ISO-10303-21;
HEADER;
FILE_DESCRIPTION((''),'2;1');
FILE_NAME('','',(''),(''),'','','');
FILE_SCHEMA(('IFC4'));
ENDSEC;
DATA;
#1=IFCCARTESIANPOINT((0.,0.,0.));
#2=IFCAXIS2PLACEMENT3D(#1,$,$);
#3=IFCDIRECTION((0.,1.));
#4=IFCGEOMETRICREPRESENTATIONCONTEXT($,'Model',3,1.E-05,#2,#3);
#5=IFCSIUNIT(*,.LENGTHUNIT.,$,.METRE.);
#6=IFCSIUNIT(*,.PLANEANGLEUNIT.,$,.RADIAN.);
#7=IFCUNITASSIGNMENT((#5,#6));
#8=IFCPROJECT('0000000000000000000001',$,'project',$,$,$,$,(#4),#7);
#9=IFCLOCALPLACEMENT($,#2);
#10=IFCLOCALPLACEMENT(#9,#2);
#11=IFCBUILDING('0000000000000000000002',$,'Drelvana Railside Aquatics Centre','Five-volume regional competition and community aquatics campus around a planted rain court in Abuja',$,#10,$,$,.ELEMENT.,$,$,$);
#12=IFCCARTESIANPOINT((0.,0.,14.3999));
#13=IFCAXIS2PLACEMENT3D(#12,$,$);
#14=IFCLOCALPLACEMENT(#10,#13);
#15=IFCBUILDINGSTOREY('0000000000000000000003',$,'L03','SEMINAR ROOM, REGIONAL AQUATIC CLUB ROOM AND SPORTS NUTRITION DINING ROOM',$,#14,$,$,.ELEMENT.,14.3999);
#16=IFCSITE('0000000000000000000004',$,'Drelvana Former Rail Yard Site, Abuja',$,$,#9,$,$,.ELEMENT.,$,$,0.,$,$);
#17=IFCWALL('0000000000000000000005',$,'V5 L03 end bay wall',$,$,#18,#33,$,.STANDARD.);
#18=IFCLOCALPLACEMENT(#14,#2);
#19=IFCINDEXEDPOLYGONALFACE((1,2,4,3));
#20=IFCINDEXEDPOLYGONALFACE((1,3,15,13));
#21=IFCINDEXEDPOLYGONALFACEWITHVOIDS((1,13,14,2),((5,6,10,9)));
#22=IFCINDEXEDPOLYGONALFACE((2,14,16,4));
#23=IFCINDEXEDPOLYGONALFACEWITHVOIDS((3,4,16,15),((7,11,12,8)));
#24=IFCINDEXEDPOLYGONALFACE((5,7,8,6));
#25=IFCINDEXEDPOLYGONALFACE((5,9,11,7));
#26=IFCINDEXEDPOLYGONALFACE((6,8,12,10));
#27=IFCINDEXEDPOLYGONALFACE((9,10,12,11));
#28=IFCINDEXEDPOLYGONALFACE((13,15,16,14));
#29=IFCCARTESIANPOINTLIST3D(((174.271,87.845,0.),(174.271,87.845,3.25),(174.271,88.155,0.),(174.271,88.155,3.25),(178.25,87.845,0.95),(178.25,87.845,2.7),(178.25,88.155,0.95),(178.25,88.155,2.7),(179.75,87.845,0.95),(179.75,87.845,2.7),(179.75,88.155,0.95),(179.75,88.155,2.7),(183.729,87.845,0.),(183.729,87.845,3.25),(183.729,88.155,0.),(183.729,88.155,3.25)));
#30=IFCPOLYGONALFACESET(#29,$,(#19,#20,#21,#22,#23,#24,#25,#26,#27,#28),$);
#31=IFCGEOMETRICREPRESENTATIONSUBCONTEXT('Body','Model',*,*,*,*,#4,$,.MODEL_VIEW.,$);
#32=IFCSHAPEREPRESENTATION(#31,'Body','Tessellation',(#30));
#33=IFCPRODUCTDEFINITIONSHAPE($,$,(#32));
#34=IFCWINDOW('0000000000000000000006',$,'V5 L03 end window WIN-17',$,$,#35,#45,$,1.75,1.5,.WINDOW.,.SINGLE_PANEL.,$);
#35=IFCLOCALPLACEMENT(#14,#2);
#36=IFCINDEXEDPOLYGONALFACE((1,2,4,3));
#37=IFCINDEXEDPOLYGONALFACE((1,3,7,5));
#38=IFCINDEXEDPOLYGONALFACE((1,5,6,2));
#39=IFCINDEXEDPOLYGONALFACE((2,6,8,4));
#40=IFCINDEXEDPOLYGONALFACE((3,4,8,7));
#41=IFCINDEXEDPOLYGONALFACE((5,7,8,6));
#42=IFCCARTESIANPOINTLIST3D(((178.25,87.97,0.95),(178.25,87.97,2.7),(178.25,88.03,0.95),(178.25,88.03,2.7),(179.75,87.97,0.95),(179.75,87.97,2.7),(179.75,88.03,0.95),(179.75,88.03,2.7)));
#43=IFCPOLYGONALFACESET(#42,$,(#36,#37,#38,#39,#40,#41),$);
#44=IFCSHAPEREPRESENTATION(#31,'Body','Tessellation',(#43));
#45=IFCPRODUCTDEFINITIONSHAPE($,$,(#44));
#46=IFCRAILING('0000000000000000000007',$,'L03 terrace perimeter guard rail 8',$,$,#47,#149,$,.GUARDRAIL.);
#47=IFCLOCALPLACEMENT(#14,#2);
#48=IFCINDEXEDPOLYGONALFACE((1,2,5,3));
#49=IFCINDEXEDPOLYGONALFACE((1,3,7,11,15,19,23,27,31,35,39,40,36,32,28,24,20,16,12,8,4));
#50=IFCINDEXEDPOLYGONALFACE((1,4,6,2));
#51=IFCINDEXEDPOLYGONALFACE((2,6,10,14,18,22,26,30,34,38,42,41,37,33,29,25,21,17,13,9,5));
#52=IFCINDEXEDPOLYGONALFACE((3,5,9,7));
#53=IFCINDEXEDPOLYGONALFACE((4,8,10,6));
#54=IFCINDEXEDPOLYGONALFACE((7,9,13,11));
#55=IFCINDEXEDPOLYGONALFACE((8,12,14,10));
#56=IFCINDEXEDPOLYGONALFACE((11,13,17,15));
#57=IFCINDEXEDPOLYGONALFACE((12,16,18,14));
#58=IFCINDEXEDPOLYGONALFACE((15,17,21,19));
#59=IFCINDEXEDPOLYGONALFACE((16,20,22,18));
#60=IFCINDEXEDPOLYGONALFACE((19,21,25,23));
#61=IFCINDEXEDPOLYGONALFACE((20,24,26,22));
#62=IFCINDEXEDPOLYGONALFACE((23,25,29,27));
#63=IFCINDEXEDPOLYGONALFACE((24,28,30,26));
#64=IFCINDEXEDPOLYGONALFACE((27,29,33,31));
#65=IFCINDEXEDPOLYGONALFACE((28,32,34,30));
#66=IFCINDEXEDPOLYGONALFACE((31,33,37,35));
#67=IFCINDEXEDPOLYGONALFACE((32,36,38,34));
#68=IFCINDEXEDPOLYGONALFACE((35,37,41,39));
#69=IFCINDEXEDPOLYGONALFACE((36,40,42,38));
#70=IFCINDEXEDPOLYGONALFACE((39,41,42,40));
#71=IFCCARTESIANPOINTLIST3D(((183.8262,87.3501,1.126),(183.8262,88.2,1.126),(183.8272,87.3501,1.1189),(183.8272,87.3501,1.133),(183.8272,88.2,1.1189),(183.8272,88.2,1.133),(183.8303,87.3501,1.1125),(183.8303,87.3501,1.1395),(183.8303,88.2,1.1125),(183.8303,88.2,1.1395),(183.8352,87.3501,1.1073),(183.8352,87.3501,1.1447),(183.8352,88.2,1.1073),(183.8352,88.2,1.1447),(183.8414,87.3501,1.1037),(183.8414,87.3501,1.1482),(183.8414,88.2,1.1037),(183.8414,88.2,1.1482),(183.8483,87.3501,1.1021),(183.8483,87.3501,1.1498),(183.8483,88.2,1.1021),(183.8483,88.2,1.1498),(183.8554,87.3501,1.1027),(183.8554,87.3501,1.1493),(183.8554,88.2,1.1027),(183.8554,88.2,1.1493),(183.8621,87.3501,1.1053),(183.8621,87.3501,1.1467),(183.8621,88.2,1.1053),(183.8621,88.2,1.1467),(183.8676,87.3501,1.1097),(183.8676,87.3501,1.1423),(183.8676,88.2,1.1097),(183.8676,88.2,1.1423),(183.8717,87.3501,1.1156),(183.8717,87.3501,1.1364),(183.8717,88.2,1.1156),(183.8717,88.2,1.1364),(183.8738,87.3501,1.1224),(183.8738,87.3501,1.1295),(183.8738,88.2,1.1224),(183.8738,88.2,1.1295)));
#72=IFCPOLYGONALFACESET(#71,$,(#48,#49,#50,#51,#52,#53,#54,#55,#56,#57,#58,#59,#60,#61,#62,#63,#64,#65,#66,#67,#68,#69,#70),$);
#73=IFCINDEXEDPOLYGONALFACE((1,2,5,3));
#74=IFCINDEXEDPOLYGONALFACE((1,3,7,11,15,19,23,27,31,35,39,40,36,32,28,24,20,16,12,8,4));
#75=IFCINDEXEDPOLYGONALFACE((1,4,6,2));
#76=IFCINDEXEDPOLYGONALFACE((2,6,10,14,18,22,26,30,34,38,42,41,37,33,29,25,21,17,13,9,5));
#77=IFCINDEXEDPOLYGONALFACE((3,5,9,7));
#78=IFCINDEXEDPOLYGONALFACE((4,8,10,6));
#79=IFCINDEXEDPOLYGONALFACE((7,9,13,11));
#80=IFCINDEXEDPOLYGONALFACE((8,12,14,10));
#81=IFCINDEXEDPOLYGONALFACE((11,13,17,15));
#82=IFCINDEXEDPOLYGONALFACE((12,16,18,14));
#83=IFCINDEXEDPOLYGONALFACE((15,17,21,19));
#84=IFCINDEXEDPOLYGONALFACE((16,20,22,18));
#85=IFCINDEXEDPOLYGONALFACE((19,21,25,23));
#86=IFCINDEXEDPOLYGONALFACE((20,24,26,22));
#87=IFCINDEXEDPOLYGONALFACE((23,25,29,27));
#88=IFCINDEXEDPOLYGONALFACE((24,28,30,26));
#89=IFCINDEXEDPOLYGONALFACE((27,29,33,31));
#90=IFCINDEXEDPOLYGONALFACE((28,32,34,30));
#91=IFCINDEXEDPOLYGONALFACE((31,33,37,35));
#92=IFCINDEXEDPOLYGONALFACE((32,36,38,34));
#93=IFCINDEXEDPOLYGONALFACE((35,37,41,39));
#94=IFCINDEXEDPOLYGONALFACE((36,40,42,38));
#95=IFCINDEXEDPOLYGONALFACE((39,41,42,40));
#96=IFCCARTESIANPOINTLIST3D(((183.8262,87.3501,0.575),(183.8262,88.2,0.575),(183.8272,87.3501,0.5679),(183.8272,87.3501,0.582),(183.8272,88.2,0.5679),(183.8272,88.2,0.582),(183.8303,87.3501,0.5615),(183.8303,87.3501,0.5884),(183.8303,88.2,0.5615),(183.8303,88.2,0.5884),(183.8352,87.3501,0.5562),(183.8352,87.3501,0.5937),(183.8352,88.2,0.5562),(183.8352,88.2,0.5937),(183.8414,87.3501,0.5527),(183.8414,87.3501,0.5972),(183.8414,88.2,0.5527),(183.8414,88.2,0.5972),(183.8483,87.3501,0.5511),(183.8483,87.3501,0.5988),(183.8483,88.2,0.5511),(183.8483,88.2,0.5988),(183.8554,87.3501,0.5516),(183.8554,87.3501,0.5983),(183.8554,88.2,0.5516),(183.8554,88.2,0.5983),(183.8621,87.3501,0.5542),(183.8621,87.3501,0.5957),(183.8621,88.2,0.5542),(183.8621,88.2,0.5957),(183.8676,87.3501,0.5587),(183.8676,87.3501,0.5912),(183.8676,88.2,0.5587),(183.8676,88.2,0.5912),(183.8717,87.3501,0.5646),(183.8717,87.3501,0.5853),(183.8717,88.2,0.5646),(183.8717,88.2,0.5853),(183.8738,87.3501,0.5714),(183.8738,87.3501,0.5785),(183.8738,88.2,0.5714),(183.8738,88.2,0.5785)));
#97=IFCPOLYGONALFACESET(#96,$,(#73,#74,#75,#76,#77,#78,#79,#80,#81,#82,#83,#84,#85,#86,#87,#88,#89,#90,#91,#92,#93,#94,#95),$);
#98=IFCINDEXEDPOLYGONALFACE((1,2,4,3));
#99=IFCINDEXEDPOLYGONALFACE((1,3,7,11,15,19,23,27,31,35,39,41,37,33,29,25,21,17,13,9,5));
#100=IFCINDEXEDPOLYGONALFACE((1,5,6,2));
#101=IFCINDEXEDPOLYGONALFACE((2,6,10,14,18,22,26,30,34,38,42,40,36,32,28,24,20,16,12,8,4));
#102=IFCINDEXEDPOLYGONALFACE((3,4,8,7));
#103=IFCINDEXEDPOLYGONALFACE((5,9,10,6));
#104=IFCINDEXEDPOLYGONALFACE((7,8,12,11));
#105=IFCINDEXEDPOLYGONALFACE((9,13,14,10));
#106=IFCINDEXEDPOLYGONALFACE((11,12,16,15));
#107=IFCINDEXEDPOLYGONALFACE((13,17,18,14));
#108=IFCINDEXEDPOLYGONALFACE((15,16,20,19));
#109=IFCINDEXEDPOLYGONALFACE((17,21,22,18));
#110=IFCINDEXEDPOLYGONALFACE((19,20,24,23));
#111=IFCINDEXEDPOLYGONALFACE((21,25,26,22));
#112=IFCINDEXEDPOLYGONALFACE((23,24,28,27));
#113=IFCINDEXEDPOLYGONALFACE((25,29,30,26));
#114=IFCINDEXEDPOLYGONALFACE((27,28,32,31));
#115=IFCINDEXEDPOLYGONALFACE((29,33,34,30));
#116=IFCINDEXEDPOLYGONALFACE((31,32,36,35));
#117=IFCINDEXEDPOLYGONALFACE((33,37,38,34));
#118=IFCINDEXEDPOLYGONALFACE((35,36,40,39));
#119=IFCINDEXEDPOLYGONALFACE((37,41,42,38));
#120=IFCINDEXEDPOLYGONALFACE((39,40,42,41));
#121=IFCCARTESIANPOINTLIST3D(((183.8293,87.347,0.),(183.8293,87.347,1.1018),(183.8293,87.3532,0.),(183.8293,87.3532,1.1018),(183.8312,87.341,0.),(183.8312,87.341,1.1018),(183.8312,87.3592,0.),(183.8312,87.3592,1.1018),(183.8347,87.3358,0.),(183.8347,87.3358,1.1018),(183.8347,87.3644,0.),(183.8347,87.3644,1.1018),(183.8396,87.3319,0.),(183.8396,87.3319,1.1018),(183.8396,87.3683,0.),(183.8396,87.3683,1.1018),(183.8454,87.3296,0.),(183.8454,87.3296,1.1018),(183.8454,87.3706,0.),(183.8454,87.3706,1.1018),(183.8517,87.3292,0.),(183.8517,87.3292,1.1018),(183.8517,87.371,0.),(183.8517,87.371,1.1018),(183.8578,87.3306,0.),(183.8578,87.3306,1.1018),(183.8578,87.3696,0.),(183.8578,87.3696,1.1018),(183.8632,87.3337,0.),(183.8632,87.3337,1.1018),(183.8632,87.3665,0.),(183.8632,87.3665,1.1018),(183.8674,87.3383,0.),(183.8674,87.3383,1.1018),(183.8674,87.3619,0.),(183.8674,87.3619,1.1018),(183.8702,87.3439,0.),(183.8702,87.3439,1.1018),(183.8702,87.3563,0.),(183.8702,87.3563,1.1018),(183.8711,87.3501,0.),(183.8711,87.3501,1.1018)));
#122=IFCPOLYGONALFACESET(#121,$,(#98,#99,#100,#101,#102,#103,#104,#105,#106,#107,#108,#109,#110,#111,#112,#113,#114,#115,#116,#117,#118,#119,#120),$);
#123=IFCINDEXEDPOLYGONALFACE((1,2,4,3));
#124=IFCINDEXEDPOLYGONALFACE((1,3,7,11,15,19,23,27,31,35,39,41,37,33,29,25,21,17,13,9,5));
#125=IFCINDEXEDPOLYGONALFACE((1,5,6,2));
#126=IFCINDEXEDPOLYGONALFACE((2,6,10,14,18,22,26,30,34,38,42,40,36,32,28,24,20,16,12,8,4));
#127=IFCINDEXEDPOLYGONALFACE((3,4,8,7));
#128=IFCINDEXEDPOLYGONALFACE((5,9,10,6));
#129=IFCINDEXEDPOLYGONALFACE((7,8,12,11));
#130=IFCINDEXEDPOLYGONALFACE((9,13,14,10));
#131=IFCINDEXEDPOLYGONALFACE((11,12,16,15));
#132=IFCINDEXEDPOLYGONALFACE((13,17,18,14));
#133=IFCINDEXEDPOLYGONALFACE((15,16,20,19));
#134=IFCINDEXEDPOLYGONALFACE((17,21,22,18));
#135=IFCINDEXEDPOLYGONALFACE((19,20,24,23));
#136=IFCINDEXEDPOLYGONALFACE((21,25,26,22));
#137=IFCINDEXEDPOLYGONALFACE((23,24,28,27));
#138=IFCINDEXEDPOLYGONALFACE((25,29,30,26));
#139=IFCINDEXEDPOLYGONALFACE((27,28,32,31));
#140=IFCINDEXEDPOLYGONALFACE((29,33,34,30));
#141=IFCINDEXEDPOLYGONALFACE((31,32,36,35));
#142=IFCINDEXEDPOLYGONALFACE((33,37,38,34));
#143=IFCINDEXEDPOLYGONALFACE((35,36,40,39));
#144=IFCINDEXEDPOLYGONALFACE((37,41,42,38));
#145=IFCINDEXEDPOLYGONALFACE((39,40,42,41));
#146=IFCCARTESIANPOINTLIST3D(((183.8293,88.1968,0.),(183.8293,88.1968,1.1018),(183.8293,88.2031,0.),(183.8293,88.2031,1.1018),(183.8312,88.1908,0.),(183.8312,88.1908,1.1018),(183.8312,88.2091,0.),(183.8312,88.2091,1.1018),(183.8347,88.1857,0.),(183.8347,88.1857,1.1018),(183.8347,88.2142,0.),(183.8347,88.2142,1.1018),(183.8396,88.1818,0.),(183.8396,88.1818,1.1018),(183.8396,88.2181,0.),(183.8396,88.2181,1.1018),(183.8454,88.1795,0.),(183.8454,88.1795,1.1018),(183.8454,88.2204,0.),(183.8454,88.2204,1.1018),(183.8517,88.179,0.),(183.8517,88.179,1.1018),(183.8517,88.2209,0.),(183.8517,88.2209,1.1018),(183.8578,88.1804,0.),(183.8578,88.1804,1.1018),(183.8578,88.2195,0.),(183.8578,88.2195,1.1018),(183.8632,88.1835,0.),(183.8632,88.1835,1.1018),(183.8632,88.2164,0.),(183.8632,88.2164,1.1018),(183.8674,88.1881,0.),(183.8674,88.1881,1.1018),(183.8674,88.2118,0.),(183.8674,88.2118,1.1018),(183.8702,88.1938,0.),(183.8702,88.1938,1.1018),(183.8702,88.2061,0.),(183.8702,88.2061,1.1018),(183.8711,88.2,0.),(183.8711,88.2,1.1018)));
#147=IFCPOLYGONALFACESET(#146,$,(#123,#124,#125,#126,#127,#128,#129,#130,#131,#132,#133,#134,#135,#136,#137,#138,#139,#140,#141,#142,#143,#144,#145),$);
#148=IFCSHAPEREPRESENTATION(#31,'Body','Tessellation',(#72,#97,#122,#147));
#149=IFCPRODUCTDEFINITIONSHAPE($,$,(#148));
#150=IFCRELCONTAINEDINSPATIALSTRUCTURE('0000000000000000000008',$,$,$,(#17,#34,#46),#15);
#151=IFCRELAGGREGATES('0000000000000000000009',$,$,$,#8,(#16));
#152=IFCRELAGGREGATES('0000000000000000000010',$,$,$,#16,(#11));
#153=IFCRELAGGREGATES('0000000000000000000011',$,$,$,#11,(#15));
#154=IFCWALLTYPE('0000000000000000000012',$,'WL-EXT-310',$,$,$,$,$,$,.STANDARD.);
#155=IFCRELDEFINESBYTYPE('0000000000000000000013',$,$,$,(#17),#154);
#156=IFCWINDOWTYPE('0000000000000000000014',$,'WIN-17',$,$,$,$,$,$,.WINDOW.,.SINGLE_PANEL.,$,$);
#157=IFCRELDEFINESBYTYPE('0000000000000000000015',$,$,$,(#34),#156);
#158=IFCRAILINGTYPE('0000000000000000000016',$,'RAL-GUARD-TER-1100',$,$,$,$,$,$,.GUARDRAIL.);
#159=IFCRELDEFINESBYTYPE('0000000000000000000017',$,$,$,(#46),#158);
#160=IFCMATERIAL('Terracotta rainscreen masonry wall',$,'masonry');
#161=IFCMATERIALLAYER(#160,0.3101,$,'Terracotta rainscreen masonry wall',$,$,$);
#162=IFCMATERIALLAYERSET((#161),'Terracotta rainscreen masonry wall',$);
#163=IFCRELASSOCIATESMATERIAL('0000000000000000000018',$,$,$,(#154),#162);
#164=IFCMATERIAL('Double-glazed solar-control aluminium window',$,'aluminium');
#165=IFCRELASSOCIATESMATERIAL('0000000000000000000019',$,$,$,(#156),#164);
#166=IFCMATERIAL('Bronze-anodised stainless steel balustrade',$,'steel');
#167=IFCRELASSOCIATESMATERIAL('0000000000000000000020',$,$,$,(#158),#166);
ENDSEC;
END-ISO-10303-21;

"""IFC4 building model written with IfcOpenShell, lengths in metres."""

from ifc_helpers import new_model, si_unit, direction, frame, frame_2d, origin, origin_2d, place, context, subcontext, project, spatial, rectangle, circle, extrude, material, layer, layer_set, type_object, element, fill, save


model = new_model("IFC4")

# Units and contexts
model_context = context("Model", 3, precision=1e-05, world=origin(), true_north=direction((0.0, 1.0)))
body_context = subcontext(model_context, "Body", "Model", "MODEL_VIEW")
ifc_project = project(units=[si_unit("LENGTHUNIT", "METRE"), si_unit("PLANEANGLEUNIT", "RADIAN")], contexts=[model_context])

# Site, building, storey
site_placement = place(None, origin())
site = spatial("IfcSite", under=ifc_project, at=site_placement, Name="Drelvana Former Rail Yard Site, Abuja", CompositionType="ELEMENT", RefElevation=0.0)
building_placement = place(site_placement, origin())
building = spatial("IfcBuilding", under=site, at=building_placement, Name="Drelvana Railside Aquatics Centre", Description="Five-volume regional competition and community aquatics campus around a planted rain court in Abuja", CompositionType="ELEMENT")
storey_placement = place(building_placement, frame((0.0, 0.0, 14.3999)))
storey = spatial("IfcBuildingStorey", under=building, at=storey_placement, Name="L03", Description="SEMINAR ROOM, REGIONAL AQUATIC CLUB ROOM AND SPORTS NUTRITION DINING ROOM", CompositionType="ELEMENT", Elevation=14.3999)

# Wall, opening, window
ifc_material_1 = material(Name="Terracotta rainscreen masonry wall", Category="masonry")
ifc_layer_1 = layer(ifc_material_1, 0.3101, Name="Terracotta rainscreen masonry wall")
ifc_layer_set_1 = layer_set([ifc_layer_1], Name="Terracotta rainscreen masonry wall")
wall_type = type_object("IfcWallType", Name="WL-EXT-310", PredefinedType="STANDARD", material=ifc_layer_set_1)
ifc_material_2 = material(Name="Double-glazed solar-control aluminium window", Category="aluminium")
wall_1_placement = place(storey_placement, frame((174.271, 88.0, 0.0), z_axis=(0.0, 0.0, 1.0), x_axis=(1.0, 0.0, 0.0)))
wall_1 = element("IfcWall", 1, at=wall_1_placement, inside=storey, type_object=wall_type, Name="V5 L03 end bay wall", PredefinedType="STANDARD", context=body_context, shape_type="SweptSolid", body=[
    extrude(rectangle(XDim=9.458, YDim=0.3101, at=frame_2d((4.729, 0.0))), origin(), (0.0, 0.0, 1.0), 3.25),
])
opening_1_placement = place(wall_1_placement, frame((3.979, 0.0, 0.95)))
opening_1 = element("IfcOpeningElement", 2, at=opening_1_placement, cuts=wall_1, PredefinedType="OPENING", context=body_context, shape_type="SweptSolid", body=[
    extrude(rectangle(XDim=1.5, YDim=1.75, at=frame_2d((0.75, 0.875))), frame((0.0, 0.165, 0.0), z_axis=(0.0, -1.0, 0.0), x_axis=(1.0, 0.0, 0.0)), (0.0, 0.0, 1.0), 0.3301),
])
window_type_1 = type_object("IfcWindowType", Name="WIN-17", PartitioningType="SINGLE_PANEL", PredefinedType="WINDOW", material=ifc_material_2)
window_1_placement = place(opening_1_placement, origin())
window_1 = element("IfcWindow", 3, at=window_1_placement, inside=storey, type_object=window_type_1, Name="V5 L03 end window WIN-17", OverallHeight=1.75, OverallWidth=1.5, PartitioningType="SINGLE_PANEL", PredefinedType="WINDOW", context=body_context, shape_type="SweptSolid", body=[
    extrude(rectangle(XDim=1.5, YDim=1.75, at=frame_2d((0.75, 0.875))), frame((0.0, 0.03, 0.0), z_axis=(0.0, -1.0, 0.0), x_axis=(1.0, 0.0, 0.0)), (0.0, 0.0, 1.0), 0.0601),
])
fill(opening_1, window_1)

# Railing
ifc_material_3 = material(Name="Bronze-anodised stainless steel balustrade", Category="steel")
railing_type = type_object("IfcRailingType", Name="RAL-GUARD-TER-1100", PredefinedType="GUARDRAIL", material=ifc_material_3)
railing_1_placement = place(storey_placement, frame((183.8501, 87.3501, 0.0)))
element("IfcRailing", 4, at=railing_1_placement, inside=storey, type_object=railing_type, Name="L03 terrace perimeter guard rail 8", PredefinedType="GUARDRAIL", context=body_context, shape_type="SweptSolid", body=[
    extrude(circle(Radius=0.0239, at=origin_2d()), frame((0.0, 0.0, 1.126), z_axis=(0.0, 1.0, 0.0), x_axis=(-1.0, 0.0, 0.0)), (0.0, 0.0, 1.0), 0.8499),
    extrude(circle(Radius=0.0239, at=origin_2d()), frame((0.0, 0.0, 0.575), z_axis=(0.0, 1.0, 0.0), x_axis=(-1.0, 0.0, 0.0)), (0.0, 0.0, 1.0), 0.8499),
    extrude(circle(Radius=0.021, at=origin_2d()), origin(), (0.0, 0.0, 1.0), 1.1018),
    extrude(circle(Radius=0.021, at=origin_2d()), frame((0.0, 0.8499, 0.0)), (0.0, 0.0, 1.0), 1.1018),
])

save(model, "model.ifc")
